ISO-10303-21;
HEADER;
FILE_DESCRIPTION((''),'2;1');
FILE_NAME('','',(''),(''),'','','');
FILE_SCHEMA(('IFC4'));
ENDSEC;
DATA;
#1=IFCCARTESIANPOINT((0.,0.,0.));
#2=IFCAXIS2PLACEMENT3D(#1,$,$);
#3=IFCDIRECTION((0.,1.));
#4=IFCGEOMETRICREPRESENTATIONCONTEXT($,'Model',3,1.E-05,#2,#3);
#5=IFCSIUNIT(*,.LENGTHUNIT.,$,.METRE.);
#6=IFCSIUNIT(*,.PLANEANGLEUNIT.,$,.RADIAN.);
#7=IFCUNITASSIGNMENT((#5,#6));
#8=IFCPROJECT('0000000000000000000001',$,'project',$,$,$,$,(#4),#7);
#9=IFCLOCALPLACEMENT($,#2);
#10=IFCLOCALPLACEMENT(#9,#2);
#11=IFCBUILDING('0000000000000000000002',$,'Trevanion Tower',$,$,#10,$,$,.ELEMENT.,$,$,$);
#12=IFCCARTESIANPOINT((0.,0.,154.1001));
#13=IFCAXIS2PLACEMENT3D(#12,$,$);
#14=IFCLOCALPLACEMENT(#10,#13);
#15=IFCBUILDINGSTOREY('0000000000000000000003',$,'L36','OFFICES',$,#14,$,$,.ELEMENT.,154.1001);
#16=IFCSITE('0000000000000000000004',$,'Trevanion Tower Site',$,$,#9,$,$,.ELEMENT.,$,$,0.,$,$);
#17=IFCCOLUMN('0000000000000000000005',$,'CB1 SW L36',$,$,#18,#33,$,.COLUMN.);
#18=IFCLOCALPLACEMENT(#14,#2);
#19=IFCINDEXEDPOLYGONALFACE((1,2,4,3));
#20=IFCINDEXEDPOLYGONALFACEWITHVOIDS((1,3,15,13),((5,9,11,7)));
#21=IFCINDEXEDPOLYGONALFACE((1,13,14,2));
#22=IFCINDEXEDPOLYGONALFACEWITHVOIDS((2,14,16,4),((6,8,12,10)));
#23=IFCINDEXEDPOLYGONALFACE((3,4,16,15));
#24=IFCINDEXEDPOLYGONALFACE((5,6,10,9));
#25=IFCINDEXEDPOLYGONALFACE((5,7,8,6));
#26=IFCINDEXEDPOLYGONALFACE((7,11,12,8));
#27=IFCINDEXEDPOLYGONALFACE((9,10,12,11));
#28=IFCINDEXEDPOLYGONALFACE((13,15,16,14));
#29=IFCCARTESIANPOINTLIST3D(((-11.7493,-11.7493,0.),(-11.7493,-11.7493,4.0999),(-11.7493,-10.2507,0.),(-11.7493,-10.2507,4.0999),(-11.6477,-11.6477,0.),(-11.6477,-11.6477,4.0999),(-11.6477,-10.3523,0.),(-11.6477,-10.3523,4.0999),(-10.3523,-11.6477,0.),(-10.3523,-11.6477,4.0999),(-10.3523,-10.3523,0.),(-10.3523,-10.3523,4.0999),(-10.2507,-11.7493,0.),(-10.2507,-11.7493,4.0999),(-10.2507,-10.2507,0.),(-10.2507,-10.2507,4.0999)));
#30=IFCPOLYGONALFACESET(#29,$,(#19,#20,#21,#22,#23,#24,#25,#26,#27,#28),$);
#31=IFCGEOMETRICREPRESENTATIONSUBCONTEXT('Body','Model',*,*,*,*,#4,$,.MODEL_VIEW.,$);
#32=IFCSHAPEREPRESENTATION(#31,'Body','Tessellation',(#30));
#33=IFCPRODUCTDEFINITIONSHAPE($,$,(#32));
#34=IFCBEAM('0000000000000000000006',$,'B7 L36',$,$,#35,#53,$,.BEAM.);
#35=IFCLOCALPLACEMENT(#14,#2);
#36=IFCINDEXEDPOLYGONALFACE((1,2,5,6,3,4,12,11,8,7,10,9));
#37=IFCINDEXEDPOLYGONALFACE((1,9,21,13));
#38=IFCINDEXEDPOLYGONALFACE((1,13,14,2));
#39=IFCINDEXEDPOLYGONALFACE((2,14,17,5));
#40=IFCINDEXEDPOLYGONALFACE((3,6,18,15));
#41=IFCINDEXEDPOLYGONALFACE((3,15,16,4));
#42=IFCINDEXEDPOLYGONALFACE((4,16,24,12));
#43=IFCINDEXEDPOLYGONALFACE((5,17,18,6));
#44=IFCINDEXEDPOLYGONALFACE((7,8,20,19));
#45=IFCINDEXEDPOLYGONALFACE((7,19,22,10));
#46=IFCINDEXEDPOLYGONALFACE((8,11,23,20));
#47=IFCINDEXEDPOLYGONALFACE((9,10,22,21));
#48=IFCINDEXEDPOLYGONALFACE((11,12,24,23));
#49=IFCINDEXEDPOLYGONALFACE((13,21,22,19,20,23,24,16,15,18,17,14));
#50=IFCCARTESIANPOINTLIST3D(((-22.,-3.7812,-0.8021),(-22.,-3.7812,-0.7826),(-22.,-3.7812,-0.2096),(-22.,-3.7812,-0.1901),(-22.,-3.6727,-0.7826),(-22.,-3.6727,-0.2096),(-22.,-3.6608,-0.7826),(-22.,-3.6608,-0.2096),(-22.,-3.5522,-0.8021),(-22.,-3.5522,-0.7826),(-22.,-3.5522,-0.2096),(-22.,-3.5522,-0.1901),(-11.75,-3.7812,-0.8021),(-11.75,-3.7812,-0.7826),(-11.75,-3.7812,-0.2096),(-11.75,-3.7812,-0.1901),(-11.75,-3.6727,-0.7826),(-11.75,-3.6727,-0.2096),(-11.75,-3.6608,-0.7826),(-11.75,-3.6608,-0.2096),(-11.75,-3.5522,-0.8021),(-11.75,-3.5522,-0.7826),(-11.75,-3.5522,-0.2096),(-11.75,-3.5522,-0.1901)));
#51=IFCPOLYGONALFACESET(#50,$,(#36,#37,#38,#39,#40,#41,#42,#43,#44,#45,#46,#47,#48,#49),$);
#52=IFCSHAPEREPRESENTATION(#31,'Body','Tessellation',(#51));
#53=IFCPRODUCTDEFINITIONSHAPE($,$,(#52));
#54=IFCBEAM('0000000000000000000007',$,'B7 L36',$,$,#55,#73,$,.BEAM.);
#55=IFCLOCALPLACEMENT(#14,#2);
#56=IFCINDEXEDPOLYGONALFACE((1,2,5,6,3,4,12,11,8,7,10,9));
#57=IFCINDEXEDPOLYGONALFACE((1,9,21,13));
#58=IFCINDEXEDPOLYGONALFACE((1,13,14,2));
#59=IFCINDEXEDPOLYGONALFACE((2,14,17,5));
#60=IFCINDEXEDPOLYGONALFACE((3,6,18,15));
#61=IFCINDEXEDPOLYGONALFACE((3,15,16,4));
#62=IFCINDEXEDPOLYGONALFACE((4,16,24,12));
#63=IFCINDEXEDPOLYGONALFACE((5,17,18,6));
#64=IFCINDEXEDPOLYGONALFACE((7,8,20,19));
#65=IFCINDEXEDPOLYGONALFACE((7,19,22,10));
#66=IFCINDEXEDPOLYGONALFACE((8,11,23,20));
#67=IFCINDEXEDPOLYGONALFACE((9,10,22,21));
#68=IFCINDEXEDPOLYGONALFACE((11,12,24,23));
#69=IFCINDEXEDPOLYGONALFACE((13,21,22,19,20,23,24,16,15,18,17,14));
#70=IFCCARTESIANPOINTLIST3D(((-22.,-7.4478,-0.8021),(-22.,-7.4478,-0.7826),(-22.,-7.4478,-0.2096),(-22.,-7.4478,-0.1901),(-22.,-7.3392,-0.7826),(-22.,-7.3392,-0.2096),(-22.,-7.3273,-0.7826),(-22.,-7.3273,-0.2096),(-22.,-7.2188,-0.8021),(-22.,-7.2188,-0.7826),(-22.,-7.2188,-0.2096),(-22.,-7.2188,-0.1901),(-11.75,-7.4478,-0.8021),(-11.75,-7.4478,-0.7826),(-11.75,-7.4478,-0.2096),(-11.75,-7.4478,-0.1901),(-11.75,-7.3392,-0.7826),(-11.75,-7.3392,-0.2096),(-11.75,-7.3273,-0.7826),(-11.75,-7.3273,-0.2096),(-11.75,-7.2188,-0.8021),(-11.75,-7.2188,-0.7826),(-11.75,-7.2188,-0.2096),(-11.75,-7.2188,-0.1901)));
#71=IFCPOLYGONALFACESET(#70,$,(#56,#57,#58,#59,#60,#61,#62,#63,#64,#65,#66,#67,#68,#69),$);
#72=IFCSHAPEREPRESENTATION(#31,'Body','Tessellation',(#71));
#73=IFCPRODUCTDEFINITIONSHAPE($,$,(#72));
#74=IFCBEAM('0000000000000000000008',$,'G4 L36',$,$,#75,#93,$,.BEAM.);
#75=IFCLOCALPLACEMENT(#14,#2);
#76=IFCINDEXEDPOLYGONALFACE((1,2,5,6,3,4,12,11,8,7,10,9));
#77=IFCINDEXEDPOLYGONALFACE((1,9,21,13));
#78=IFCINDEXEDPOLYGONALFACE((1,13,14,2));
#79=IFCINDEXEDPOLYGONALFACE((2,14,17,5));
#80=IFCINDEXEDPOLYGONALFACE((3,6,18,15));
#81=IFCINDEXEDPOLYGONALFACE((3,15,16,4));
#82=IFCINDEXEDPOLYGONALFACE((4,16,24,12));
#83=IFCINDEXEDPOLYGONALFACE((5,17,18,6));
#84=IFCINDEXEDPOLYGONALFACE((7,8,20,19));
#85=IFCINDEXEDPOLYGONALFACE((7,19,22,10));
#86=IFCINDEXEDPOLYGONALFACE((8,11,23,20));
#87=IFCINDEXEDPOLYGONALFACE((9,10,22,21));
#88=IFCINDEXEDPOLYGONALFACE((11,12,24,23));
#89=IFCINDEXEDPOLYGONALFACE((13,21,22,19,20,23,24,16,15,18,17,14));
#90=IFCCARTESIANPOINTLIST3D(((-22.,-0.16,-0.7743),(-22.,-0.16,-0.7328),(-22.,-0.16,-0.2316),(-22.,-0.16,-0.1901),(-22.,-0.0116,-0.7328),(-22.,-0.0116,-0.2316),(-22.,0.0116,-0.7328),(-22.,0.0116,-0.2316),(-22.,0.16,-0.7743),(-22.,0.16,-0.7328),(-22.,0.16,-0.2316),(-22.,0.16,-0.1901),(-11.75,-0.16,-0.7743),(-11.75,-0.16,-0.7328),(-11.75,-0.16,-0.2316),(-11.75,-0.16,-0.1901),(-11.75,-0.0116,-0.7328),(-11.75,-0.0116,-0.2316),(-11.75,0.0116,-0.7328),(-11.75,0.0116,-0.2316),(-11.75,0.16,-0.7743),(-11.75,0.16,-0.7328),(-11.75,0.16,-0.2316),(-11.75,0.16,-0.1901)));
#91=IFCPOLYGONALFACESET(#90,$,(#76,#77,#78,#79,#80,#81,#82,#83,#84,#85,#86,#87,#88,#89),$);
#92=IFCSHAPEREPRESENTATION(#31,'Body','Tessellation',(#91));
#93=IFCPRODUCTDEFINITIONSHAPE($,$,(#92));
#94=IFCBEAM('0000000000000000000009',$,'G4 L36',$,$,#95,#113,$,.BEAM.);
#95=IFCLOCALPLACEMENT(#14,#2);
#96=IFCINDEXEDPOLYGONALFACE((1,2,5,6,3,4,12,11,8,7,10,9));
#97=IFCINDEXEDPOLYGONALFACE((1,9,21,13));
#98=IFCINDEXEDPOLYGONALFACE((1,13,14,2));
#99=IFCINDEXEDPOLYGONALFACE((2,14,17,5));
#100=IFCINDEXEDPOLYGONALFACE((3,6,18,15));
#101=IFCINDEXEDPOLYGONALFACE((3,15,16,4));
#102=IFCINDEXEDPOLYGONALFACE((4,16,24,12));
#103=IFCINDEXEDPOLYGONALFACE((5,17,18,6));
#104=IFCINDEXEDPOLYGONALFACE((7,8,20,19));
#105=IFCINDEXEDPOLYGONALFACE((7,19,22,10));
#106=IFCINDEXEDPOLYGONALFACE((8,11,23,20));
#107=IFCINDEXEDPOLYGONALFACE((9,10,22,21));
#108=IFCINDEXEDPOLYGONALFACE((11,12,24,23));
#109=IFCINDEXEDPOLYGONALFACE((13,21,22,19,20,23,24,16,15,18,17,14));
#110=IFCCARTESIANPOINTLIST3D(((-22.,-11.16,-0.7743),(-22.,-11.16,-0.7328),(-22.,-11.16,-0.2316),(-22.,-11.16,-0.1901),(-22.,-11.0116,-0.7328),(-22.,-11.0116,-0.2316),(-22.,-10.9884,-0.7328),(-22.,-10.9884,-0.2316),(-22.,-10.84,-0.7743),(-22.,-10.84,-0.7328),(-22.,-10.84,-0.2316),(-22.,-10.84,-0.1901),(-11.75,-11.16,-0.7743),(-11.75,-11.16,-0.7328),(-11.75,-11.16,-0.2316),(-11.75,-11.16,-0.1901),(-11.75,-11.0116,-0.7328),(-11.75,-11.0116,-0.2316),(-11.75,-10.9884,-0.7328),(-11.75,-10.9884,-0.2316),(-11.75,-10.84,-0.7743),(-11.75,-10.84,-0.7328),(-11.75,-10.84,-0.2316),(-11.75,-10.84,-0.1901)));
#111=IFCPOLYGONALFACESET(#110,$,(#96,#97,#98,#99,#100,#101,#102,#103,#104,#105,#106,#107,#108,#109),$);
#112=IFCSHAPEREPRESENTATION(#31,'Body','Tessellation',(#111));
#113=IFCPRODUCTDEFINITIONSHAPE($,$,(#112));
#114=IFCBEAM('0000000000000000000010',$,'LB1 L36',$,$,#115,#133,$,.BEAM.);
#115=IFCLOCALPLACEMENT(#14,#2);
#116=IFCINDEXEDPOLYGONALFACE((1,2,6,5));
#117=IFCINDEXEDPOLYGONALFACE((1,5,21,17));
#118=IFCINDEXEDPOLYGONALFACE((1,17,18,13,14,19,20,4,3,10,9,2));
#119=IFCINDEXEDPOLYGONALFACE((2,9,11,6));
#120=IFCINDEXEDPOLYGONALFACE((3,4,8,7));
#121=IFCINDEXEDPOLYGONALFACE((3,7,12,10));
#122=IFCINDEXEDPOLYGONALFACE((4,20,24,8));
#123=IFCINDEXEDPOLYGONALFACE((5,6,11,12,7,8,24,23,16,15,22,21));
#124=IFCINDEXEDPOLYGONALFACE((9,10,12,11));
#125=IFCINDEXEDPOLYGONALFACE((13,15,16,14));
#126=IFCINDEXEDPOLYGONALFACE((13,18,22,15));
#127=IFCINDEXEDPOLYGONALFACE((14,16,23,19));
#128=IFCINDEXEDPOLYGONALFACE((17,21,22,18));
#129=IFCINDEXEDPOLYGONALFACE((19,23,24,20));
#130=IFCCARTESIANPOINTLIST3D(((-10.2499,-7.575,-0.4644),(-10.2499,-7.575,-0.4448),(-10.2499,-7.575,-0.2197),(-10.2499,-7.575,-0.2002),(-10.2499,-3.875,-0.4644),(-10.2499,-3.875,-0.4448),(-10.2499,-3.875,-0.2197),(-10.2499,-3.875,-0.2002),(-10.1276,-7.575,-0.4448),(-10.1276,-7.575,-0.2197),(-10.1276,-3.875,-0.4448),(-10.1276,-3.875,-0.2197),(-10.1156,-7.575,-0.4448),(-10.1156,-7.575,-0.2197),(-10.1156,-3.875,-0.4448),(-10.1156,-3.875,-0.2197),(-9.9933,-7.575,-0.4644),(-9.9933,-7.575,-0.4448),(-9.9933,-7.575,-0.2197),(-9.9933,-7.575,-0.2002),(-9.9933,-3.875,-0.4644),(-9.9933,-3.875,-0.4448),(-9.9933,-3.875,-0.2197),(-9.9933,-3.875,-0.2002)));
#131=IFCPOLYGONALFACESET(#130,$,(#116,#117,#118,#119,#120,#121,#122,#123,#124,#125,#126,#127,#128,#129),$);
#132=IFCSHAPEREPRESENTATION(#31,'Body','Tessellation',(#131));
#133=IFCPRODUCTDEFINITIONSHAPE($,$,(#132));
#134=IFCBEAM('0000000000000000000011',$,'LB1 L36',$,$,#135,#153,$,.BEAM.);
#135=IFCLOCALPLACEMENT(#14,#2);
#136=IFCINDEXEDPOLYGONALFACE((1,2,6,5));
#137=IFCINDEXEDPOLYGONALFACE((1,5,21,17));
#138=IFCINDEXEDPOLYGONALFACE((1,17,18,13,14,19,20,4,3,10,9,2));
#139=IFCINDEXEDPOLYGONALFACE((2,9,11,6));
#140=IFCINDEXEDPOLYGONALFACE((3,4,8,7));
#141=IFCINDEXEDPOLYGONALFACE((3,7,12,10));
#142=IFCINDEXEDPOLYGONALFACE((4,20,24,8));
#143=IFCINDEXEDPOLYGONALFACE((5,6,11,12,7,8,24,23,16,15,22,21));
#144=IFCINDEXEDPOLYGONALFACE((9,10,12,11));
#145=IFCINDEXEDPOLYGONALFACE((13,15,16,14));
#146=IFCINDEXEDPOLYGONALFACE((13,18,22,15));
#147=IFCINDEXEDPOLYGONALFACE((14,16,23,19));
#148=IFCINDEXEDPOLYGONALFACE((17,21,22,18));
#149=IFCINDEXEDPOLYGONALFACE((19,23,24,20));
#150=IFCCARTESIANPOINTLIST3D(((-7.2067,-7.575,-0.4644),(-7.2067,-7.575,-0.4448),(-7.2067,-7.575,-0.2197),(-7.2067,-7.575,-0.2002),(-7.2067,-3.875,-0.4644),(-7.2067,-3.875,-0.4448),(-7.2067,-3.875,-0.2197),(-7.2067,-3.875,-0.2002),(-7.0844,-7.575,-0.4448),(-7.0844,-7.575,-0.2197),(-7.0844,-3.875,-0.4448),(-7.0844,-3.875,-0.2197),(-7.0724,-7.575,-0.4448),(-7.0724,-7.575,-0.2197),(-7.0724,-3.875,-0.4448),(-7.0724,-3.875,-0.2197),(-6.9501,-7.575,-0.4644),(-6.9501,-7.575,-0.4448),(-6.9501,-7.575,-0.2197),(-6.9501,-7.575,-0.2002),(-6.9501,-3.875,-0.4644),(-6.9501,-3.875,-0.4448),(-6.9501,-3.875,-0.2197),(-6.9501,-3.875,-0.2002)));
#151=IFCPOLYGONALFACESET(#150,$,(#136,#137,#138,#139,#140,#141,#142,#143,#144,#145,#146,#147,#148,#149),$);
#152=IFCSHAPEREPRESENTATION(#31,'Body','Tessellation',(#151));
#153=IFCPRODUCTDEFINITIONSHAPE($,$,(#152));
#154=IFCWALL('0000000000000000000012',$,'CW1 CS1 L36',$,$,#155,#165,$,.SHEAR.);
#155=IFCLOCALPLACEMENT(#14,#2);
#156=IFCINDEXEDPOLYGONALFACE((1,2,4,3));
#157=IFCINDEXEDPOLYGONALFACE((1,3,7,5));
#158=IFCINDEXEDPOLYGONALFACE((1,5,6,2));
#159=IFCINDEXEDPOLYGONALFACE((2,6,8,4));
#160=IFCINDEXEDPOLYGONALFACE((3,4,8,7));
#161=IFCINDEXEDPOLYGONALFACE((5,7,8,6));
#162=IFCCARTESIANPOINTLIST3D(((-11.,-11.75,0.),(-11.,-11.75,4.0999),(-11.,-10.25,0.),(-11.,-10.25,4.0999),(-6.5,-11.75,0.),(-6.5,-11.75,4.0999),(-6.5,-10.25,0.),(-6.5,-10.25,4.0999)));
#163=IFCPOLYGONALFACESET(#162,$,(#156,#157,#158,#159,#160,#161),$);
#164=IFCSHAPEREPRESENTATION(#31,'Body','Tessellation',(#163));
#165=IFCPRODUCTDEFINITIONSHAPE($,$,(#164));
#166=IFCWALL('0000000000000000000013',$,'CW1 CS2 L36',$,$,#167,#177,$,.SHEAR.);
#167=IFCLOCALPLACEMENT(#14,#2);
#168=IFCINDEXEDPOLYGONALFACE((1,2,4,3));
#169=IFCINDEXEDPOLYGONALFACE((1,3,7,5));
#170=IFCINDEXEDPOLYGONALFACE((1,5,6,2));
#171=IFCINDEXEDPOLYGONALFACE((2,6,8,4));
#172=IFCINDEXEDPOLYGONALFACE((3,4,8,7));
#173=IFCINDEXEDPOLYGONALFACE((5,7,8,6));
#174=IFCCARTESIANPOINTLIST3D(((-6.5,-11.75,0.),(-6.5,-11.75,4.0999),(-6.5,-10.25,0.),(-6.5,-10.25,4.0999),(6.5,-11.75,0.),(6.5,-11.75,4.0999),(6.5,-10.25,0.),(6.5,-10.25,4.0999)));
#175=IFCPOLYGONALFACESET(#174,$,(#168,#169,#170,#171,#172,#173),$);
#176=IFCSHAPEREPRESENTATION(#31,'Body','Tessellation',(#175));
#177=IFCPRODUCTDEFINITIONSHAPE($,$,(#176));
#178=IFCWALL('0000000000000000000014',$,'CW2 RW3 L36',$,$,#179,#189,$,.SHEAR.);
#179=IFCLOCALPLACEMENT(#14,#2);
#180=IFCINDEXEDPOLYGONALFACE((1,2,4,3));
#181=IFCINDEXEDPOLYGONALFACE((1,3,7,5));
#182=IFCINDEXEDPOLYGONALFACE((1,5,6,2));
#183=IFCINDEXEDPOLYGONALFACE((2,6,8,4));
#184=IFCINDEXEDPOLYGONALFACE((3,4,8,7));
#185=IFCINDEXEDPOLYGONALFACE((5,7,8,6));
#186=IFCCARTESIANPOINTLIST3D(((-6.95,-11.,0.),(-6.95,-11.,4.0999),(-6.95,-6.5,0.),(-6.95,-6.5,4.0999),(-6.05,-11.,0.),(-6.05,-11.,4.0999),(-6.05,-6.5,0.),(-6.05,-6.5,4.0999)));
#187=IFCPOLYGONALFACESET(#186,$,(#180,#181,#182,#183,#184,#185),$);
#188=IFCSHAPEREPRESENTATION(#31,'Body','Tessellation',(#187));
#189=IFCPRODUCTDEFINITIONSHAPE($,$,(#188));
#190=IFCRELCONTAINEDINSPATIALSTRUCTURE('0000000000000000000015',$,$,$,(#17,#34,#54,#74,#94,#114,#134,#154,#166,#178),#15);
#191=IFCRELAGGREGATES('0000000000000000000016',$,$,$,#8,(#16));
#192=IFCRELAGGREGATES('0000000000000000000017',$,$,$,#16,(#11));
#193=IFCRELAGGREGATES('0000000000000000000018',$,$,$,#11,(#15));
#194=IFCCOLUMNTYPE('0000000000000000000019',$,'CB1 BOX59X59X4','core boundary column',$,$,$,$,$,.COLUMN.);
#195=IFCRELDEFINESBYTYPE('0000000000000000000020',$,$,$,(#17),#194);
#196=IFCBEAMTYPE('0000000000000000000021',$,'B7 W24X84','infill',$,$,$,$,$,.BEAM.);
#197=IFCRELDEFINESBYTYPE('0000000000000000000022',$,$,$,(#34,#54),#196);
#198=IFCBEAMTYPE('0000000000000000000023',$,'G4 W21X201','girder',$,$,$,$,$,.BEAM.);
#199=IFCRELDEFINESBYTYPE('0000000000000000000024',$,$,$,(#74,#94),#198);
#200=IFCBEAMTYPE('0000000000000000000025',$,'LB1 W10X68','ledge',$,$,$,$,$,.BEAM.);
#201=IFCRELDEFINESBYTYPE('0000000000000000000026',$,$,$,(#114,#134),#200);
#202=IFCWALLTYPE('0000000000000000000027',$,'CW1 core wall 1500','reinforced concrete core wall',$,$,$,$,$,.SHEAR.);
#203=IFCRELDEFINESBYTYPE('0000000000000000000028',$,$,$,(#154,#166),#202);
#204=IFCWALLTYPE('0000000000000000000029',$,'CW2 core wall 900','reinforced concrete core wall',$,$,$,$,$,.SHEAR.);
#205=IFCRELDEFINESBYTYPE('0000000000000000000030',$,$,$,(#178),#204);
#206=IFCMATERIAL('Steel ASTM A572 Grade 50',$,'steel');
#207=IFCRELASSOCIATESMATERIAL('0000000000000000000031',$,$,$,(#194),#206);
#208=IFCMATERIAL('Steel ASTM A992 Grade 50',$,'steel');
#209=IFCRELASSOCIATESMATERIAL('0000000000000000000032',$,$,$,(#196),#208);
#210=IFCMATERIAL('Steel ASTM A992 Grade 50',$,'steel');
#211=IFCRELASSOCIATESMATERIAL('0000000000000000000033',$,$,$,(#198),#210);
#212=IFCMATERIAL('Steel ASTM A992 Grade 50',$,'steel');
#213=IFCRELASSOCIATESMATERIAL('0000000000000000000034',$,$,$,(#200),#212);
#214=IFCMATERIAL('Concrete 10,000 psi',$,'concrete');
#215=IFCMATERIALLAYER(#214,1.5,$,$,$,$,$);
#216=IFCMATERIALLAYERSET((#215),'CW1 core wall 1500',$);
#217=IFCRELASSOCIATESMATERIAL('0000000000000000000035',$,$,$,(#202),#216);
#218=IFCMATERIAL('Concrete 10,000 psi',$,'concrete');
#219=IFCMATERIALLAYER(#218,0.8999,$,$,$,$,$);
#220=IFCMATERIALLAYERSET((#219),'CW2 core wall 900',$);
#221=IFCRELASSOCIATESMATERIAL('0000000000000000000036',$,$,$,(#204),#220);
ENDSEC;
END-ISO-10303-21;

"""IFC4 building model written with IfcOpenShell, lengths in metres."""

from ifc_helpers import new_model, si_unit, direction, frame, frame_2d, origin, origin_2d, place, context, subcontext, project, spatial, rectangle, hollow_rectangle, i_section, extrude, material, layer, layer_set, material_profile, profile_set, type_object, element, save


model = new_model("IFC4")

# Units and contexts
model_context = context("Model", 3, precision=1e-05, world=origin(), true_north=direction((0.0, 1.0)))
body_context = subcontext(model_context, "Body", "Model", "MODEL_VIEW")
ifc_project = project(units=[si_unit("LENGTHUNIT", "METRE"), si_unit("PLANEANGLEUNIT", "RADIAN")], contexts=[model_context])

# Site, building, storey
site_placement = place(None, origin())
site = spatial("IfcSite", under=ifc_project, at=site_placement, Name="Trevanion Tower Site", CompositionType="ELEMENT", RefElevation=0.0)
building_placement = place(site_placement, origin())
building = spatial("IfcBuilding", under=site, at=building_placement, Name="Trevanion Tower", CompositionType="ELEMENT")
storey_placement = place(building_placement, frame((0.0, 0.0, 154.1001)))
storey = spatial("IfcBuildingStorey", under=building, at=storey_placement, Name="L36", Description="OFFICES", CompositionType="ELEMENT", Elevation=154.1001)

# Column
ifc_material_1 = material(Name="Steel ASTM A572 Grade 50", Category="steel")
ifc_material_profile_1 = material_profile(ifc_material_1, hollow_rectangle(XDim=1.4985, YDim=1.4985, WallThickness=0.1016, at=origin_2d()), Name="BOX59X59X4")
ifc_profile_set_1 = profile_set([ifc_material_profile_1], Name="Steel ASTM A572 Grade 50")
column_type = type_object("IfcColumnType", Name="CB1 BOX59X59X4", Description="core boundary column", PredefinedType="COLUMN", material=ifc_profile_set_1)
column_placement = place(storey_placement, frame((-11.0, -11.0, 0.0), z_axis=(0.0, 0.0, 1.0), x_axis=(1.0, 0.0, 0.0)))
element("IfcColumn", 1, at=column_placement, inside=storey, type_object=column_type, Name="CB1 SW L36", PredefinedType="COLUMN", context=body_context, shape_type="SweptSolid", body=[
    extrude(hollow_rectangle(XDim=1.4985, YDim=1.4985, WallThickness=0.1016, at=origin_2d()), origin(), (0.0, 0.0, 1.0), 4.0999),
])

# Beams
ifc_material_2 = material(Name="Steel ASTM A992 Grade 50", Category="steel")
ifc_material_profile_2 = material_profile(ifc_material_2, i_section(OverallWidth=0.229, OverallDepth=0.6121, WebThickness=0.012, FlangeThickness=0.0195, at=origin_2d()), Name="W24X84")
ifc_profile_set_2 = profile_set([ifc_material_profile_2], Name="Steel ASTM A992 Grade 50")
beam_type_1 = type_object("IfcBeamType", Name="B7 W24X84", Description="infill", PredefinedType="BEAM", material=ifc_profile_set_2)
for number, where, z_axis, x_axis, name in (
    (2, (-11.75, -3.6667, -0.4961), (-1.0, 0.0, 0.0), (0.0, -1.0, 0.0), "B7 L36"),
    (3, (-11.75, -7.3333, -0.4961), (-1.0, 0.0, 0.0), (0.0, -1.0, 0.0), "B7 L36"),
):
    element("IfcBeam", number, at=place(storey_placement, frame(where, z_axis=z_axis, x_axis=x_axis)), inside=storey, type_object=beam_type_1, Name=name, PredefinedType="BEAM", context=body_context, shape_type="SweptSolid", body=[
        extrude(i_section(OverallWidth=0.229, OverallDepth=0.6121, WebThickness=0.012, FlangeThickness=0.0195, at=origin_2d()), origin(), (0.0, 0.0, 1.0), 10.25),
    ])
ifc_material_3 = material(Name="Steel ASTM A992 Grade 50", Category="steel")
ifc_material_profile_3 = material_profile(ifc_material_3, i_section(OverallWidth=0.3201, OverallDepth=0.5842, WebThickness=0.0232, FlangeThickness=0.0415, at=origin_2d()), Name="W21X201")
ifc_profile_set_3 = profile_set([ifc_material_profile_3], Name="Steel ASTM A992 Grade 50")
beam_type_2 = type_object("IfcBeamType", Name="G4 W21X201", Description="girder", PredefinedType="BEAM", material=ifc_profile_set_3)
for number, where, z_axis, x_axis, name in (
    (4, (-11.75, 0.0, -0.4822), (-1.0, 0.0, 0.0), (0.0, -1.0, 0.0), "G4 L36"),
    (5, (-11.75, -11.0, -0.4822), (-1.0, 0.0, 0.0), (0.0, -1.0, 0.0), "G4 L36"),
):
    element("IfcBeam", number, at=place(storey_placement, frame(where, z_axis=z_axis, x_axis=x_axis)), inside=storey, type_object=beam_type_2, Name=name, PredefinedType="BEAM", context=body_context, shape_type="SweptSolid", body=[
        extrude(i_section(OverallWidth=0.3201, OverallDepth=0.5842, WebThickness=0.0232, FlangeThickness=0.0415, at=origin_2d()), origin(), (0.0, 0.0, 1.0), 10.25),
    ])
ifc_material_4 = material(Name="Steel ASTM A992 Grade 50", Category="steel")
ifc_material_profile_4 = material_profile(ifc_material_4, i_section(OverallWidth=0.2566, OverallDepth=0.2642, WebThickness=0.012, FlangeThickness=0.0195, at=origin_2d()), Name="W10X68")
ifc_profile_set_4 = profile_set([ifc_material_profile_4], Name="Steel ASTM A992 Grade 50")
beam_type_3 = type_object("IfcBeamType", Name="LB1 W10X68", Description="ledge", PredefinedType="BEAM", material=ifc_profile_set_4)
for number, where, z_axis, x_axis, name in (
    (6, (-10.1216, -7.575, -0.3323), (0.0, 1.0, 0.0), (-1.0, 0.0, 0.0), "LB1 L36"),
    (7, (-7.0784, -7.575, -0.3323), (0.0, 1.0, 0.0), (-1.0, 0.0, 0.0), "LB1 L36"),
):
    element("IfcBeam", number, at=place(storey_placement, frame(where, z_axis=z_axis, x_axis=x_axis)), inside=storey, type_object=beam_type_3, Name=name, PredefinedType="BEAM", context=body_context, shape_type="SweptSolid", body=[
        extrude(i_section(OverallWidth=0.2566, OverallDepth=0.2642, WebThickness=0.012, FlangeThickness=0.0195, at=origin_2d()), origin(), (0.0, 0.0, 1.0), 3.7),
    ])

# Walls
ifc_material_5 = material(Name="Concrete 10,000 psi", Category="concrete")
ifc_layer_1 = layer(ifc_material_5, 1.5)
ifc_layer_set_1 = layer_set([ifc_layer_1], Name="CW1 core wall 1500")
wall_type_1 = type_object("IfcWallType", Name="CW1 core wall 1500", Description="reinforced concrete core wall", PredefinedType="SHEAR", material=ifc_layer_set_1)
wall_1_placement = place(storey_placement, frame((-11.0, -11.0, 0.0), z_axis=(0.0, 0.0, 1.0), x_axis=(1.0, 0.0, 0.0)))
element("IfcWall", 8, at=wall_1_placement, inside=storey, type_object=wall_type_1, Name="CW1 CS1 L36", PredefinedType="SHEAR", context=body_context, shape_type="SweptSolid", body=[
    extrude(rectangle(XDim=4.5, YDim=1.5, at=frame_2d((2.25, 0.0))), origin(), (0.0, 0.0, 1.0), 4.0999),
])
wall_2_placement = place(storey_placement, frame((-6.5, -11.0, 0.0), z_axis=(0.0, 0.0, 1.0), x_axis=(1.0, 0.0, 0.0)))
element("IfcWall", 9, at=wall_2_placement, inside=storey, type_object=wall_type_1, Name="CW1 CS2 L36", PredefinedType="SHEAR", context=body_context, shape_type="SweptSolid", body=[
    extrude(rectangle(XDim=13.0, YDim=1.5, at=frame_2d((6.5, 0.0))), origin(), (0.0, 0.0, 1.0), 4.0999),
])
ifc_material_6 = material(Name="Concrete 10,000 psi", Category="concrete")
ifc_layer_2 = layer(ifc_material_6, 0.8999)
ifc_layer_set_2 = layer_set([ifc_layer_2], Name="CW2 core wall 900")
wall_type_2 = type_object("IfcWallType", Name="CW2 core wall 900", Description="reinforced concrete core wall", PredefinedType="SHEAR", material=ifc_layer_set_2)
wall_3_placement = place(storey_placement, frame((-6.5, -6.5, 0.0), z_axis=(0.0, 0.0, 1.0), x_axis=(0.0, -1.0, 0.0)))
element("IfcWall", 10, at=wall_3_placement, inside=storey, type_object=wall_type_2, Name="CW2 RW3 L36", PredefinedType="SHEAR", context=body_context, shape_type="SweptSolid", body=[
    extrude(rectangle(XDim=4.5, YDim=0.8999, at=frame_2d((2.25, 0.0))), origin(), (0.0, 0.0, 1.0), 4.0999),
])

save(model, "model.ifc")
